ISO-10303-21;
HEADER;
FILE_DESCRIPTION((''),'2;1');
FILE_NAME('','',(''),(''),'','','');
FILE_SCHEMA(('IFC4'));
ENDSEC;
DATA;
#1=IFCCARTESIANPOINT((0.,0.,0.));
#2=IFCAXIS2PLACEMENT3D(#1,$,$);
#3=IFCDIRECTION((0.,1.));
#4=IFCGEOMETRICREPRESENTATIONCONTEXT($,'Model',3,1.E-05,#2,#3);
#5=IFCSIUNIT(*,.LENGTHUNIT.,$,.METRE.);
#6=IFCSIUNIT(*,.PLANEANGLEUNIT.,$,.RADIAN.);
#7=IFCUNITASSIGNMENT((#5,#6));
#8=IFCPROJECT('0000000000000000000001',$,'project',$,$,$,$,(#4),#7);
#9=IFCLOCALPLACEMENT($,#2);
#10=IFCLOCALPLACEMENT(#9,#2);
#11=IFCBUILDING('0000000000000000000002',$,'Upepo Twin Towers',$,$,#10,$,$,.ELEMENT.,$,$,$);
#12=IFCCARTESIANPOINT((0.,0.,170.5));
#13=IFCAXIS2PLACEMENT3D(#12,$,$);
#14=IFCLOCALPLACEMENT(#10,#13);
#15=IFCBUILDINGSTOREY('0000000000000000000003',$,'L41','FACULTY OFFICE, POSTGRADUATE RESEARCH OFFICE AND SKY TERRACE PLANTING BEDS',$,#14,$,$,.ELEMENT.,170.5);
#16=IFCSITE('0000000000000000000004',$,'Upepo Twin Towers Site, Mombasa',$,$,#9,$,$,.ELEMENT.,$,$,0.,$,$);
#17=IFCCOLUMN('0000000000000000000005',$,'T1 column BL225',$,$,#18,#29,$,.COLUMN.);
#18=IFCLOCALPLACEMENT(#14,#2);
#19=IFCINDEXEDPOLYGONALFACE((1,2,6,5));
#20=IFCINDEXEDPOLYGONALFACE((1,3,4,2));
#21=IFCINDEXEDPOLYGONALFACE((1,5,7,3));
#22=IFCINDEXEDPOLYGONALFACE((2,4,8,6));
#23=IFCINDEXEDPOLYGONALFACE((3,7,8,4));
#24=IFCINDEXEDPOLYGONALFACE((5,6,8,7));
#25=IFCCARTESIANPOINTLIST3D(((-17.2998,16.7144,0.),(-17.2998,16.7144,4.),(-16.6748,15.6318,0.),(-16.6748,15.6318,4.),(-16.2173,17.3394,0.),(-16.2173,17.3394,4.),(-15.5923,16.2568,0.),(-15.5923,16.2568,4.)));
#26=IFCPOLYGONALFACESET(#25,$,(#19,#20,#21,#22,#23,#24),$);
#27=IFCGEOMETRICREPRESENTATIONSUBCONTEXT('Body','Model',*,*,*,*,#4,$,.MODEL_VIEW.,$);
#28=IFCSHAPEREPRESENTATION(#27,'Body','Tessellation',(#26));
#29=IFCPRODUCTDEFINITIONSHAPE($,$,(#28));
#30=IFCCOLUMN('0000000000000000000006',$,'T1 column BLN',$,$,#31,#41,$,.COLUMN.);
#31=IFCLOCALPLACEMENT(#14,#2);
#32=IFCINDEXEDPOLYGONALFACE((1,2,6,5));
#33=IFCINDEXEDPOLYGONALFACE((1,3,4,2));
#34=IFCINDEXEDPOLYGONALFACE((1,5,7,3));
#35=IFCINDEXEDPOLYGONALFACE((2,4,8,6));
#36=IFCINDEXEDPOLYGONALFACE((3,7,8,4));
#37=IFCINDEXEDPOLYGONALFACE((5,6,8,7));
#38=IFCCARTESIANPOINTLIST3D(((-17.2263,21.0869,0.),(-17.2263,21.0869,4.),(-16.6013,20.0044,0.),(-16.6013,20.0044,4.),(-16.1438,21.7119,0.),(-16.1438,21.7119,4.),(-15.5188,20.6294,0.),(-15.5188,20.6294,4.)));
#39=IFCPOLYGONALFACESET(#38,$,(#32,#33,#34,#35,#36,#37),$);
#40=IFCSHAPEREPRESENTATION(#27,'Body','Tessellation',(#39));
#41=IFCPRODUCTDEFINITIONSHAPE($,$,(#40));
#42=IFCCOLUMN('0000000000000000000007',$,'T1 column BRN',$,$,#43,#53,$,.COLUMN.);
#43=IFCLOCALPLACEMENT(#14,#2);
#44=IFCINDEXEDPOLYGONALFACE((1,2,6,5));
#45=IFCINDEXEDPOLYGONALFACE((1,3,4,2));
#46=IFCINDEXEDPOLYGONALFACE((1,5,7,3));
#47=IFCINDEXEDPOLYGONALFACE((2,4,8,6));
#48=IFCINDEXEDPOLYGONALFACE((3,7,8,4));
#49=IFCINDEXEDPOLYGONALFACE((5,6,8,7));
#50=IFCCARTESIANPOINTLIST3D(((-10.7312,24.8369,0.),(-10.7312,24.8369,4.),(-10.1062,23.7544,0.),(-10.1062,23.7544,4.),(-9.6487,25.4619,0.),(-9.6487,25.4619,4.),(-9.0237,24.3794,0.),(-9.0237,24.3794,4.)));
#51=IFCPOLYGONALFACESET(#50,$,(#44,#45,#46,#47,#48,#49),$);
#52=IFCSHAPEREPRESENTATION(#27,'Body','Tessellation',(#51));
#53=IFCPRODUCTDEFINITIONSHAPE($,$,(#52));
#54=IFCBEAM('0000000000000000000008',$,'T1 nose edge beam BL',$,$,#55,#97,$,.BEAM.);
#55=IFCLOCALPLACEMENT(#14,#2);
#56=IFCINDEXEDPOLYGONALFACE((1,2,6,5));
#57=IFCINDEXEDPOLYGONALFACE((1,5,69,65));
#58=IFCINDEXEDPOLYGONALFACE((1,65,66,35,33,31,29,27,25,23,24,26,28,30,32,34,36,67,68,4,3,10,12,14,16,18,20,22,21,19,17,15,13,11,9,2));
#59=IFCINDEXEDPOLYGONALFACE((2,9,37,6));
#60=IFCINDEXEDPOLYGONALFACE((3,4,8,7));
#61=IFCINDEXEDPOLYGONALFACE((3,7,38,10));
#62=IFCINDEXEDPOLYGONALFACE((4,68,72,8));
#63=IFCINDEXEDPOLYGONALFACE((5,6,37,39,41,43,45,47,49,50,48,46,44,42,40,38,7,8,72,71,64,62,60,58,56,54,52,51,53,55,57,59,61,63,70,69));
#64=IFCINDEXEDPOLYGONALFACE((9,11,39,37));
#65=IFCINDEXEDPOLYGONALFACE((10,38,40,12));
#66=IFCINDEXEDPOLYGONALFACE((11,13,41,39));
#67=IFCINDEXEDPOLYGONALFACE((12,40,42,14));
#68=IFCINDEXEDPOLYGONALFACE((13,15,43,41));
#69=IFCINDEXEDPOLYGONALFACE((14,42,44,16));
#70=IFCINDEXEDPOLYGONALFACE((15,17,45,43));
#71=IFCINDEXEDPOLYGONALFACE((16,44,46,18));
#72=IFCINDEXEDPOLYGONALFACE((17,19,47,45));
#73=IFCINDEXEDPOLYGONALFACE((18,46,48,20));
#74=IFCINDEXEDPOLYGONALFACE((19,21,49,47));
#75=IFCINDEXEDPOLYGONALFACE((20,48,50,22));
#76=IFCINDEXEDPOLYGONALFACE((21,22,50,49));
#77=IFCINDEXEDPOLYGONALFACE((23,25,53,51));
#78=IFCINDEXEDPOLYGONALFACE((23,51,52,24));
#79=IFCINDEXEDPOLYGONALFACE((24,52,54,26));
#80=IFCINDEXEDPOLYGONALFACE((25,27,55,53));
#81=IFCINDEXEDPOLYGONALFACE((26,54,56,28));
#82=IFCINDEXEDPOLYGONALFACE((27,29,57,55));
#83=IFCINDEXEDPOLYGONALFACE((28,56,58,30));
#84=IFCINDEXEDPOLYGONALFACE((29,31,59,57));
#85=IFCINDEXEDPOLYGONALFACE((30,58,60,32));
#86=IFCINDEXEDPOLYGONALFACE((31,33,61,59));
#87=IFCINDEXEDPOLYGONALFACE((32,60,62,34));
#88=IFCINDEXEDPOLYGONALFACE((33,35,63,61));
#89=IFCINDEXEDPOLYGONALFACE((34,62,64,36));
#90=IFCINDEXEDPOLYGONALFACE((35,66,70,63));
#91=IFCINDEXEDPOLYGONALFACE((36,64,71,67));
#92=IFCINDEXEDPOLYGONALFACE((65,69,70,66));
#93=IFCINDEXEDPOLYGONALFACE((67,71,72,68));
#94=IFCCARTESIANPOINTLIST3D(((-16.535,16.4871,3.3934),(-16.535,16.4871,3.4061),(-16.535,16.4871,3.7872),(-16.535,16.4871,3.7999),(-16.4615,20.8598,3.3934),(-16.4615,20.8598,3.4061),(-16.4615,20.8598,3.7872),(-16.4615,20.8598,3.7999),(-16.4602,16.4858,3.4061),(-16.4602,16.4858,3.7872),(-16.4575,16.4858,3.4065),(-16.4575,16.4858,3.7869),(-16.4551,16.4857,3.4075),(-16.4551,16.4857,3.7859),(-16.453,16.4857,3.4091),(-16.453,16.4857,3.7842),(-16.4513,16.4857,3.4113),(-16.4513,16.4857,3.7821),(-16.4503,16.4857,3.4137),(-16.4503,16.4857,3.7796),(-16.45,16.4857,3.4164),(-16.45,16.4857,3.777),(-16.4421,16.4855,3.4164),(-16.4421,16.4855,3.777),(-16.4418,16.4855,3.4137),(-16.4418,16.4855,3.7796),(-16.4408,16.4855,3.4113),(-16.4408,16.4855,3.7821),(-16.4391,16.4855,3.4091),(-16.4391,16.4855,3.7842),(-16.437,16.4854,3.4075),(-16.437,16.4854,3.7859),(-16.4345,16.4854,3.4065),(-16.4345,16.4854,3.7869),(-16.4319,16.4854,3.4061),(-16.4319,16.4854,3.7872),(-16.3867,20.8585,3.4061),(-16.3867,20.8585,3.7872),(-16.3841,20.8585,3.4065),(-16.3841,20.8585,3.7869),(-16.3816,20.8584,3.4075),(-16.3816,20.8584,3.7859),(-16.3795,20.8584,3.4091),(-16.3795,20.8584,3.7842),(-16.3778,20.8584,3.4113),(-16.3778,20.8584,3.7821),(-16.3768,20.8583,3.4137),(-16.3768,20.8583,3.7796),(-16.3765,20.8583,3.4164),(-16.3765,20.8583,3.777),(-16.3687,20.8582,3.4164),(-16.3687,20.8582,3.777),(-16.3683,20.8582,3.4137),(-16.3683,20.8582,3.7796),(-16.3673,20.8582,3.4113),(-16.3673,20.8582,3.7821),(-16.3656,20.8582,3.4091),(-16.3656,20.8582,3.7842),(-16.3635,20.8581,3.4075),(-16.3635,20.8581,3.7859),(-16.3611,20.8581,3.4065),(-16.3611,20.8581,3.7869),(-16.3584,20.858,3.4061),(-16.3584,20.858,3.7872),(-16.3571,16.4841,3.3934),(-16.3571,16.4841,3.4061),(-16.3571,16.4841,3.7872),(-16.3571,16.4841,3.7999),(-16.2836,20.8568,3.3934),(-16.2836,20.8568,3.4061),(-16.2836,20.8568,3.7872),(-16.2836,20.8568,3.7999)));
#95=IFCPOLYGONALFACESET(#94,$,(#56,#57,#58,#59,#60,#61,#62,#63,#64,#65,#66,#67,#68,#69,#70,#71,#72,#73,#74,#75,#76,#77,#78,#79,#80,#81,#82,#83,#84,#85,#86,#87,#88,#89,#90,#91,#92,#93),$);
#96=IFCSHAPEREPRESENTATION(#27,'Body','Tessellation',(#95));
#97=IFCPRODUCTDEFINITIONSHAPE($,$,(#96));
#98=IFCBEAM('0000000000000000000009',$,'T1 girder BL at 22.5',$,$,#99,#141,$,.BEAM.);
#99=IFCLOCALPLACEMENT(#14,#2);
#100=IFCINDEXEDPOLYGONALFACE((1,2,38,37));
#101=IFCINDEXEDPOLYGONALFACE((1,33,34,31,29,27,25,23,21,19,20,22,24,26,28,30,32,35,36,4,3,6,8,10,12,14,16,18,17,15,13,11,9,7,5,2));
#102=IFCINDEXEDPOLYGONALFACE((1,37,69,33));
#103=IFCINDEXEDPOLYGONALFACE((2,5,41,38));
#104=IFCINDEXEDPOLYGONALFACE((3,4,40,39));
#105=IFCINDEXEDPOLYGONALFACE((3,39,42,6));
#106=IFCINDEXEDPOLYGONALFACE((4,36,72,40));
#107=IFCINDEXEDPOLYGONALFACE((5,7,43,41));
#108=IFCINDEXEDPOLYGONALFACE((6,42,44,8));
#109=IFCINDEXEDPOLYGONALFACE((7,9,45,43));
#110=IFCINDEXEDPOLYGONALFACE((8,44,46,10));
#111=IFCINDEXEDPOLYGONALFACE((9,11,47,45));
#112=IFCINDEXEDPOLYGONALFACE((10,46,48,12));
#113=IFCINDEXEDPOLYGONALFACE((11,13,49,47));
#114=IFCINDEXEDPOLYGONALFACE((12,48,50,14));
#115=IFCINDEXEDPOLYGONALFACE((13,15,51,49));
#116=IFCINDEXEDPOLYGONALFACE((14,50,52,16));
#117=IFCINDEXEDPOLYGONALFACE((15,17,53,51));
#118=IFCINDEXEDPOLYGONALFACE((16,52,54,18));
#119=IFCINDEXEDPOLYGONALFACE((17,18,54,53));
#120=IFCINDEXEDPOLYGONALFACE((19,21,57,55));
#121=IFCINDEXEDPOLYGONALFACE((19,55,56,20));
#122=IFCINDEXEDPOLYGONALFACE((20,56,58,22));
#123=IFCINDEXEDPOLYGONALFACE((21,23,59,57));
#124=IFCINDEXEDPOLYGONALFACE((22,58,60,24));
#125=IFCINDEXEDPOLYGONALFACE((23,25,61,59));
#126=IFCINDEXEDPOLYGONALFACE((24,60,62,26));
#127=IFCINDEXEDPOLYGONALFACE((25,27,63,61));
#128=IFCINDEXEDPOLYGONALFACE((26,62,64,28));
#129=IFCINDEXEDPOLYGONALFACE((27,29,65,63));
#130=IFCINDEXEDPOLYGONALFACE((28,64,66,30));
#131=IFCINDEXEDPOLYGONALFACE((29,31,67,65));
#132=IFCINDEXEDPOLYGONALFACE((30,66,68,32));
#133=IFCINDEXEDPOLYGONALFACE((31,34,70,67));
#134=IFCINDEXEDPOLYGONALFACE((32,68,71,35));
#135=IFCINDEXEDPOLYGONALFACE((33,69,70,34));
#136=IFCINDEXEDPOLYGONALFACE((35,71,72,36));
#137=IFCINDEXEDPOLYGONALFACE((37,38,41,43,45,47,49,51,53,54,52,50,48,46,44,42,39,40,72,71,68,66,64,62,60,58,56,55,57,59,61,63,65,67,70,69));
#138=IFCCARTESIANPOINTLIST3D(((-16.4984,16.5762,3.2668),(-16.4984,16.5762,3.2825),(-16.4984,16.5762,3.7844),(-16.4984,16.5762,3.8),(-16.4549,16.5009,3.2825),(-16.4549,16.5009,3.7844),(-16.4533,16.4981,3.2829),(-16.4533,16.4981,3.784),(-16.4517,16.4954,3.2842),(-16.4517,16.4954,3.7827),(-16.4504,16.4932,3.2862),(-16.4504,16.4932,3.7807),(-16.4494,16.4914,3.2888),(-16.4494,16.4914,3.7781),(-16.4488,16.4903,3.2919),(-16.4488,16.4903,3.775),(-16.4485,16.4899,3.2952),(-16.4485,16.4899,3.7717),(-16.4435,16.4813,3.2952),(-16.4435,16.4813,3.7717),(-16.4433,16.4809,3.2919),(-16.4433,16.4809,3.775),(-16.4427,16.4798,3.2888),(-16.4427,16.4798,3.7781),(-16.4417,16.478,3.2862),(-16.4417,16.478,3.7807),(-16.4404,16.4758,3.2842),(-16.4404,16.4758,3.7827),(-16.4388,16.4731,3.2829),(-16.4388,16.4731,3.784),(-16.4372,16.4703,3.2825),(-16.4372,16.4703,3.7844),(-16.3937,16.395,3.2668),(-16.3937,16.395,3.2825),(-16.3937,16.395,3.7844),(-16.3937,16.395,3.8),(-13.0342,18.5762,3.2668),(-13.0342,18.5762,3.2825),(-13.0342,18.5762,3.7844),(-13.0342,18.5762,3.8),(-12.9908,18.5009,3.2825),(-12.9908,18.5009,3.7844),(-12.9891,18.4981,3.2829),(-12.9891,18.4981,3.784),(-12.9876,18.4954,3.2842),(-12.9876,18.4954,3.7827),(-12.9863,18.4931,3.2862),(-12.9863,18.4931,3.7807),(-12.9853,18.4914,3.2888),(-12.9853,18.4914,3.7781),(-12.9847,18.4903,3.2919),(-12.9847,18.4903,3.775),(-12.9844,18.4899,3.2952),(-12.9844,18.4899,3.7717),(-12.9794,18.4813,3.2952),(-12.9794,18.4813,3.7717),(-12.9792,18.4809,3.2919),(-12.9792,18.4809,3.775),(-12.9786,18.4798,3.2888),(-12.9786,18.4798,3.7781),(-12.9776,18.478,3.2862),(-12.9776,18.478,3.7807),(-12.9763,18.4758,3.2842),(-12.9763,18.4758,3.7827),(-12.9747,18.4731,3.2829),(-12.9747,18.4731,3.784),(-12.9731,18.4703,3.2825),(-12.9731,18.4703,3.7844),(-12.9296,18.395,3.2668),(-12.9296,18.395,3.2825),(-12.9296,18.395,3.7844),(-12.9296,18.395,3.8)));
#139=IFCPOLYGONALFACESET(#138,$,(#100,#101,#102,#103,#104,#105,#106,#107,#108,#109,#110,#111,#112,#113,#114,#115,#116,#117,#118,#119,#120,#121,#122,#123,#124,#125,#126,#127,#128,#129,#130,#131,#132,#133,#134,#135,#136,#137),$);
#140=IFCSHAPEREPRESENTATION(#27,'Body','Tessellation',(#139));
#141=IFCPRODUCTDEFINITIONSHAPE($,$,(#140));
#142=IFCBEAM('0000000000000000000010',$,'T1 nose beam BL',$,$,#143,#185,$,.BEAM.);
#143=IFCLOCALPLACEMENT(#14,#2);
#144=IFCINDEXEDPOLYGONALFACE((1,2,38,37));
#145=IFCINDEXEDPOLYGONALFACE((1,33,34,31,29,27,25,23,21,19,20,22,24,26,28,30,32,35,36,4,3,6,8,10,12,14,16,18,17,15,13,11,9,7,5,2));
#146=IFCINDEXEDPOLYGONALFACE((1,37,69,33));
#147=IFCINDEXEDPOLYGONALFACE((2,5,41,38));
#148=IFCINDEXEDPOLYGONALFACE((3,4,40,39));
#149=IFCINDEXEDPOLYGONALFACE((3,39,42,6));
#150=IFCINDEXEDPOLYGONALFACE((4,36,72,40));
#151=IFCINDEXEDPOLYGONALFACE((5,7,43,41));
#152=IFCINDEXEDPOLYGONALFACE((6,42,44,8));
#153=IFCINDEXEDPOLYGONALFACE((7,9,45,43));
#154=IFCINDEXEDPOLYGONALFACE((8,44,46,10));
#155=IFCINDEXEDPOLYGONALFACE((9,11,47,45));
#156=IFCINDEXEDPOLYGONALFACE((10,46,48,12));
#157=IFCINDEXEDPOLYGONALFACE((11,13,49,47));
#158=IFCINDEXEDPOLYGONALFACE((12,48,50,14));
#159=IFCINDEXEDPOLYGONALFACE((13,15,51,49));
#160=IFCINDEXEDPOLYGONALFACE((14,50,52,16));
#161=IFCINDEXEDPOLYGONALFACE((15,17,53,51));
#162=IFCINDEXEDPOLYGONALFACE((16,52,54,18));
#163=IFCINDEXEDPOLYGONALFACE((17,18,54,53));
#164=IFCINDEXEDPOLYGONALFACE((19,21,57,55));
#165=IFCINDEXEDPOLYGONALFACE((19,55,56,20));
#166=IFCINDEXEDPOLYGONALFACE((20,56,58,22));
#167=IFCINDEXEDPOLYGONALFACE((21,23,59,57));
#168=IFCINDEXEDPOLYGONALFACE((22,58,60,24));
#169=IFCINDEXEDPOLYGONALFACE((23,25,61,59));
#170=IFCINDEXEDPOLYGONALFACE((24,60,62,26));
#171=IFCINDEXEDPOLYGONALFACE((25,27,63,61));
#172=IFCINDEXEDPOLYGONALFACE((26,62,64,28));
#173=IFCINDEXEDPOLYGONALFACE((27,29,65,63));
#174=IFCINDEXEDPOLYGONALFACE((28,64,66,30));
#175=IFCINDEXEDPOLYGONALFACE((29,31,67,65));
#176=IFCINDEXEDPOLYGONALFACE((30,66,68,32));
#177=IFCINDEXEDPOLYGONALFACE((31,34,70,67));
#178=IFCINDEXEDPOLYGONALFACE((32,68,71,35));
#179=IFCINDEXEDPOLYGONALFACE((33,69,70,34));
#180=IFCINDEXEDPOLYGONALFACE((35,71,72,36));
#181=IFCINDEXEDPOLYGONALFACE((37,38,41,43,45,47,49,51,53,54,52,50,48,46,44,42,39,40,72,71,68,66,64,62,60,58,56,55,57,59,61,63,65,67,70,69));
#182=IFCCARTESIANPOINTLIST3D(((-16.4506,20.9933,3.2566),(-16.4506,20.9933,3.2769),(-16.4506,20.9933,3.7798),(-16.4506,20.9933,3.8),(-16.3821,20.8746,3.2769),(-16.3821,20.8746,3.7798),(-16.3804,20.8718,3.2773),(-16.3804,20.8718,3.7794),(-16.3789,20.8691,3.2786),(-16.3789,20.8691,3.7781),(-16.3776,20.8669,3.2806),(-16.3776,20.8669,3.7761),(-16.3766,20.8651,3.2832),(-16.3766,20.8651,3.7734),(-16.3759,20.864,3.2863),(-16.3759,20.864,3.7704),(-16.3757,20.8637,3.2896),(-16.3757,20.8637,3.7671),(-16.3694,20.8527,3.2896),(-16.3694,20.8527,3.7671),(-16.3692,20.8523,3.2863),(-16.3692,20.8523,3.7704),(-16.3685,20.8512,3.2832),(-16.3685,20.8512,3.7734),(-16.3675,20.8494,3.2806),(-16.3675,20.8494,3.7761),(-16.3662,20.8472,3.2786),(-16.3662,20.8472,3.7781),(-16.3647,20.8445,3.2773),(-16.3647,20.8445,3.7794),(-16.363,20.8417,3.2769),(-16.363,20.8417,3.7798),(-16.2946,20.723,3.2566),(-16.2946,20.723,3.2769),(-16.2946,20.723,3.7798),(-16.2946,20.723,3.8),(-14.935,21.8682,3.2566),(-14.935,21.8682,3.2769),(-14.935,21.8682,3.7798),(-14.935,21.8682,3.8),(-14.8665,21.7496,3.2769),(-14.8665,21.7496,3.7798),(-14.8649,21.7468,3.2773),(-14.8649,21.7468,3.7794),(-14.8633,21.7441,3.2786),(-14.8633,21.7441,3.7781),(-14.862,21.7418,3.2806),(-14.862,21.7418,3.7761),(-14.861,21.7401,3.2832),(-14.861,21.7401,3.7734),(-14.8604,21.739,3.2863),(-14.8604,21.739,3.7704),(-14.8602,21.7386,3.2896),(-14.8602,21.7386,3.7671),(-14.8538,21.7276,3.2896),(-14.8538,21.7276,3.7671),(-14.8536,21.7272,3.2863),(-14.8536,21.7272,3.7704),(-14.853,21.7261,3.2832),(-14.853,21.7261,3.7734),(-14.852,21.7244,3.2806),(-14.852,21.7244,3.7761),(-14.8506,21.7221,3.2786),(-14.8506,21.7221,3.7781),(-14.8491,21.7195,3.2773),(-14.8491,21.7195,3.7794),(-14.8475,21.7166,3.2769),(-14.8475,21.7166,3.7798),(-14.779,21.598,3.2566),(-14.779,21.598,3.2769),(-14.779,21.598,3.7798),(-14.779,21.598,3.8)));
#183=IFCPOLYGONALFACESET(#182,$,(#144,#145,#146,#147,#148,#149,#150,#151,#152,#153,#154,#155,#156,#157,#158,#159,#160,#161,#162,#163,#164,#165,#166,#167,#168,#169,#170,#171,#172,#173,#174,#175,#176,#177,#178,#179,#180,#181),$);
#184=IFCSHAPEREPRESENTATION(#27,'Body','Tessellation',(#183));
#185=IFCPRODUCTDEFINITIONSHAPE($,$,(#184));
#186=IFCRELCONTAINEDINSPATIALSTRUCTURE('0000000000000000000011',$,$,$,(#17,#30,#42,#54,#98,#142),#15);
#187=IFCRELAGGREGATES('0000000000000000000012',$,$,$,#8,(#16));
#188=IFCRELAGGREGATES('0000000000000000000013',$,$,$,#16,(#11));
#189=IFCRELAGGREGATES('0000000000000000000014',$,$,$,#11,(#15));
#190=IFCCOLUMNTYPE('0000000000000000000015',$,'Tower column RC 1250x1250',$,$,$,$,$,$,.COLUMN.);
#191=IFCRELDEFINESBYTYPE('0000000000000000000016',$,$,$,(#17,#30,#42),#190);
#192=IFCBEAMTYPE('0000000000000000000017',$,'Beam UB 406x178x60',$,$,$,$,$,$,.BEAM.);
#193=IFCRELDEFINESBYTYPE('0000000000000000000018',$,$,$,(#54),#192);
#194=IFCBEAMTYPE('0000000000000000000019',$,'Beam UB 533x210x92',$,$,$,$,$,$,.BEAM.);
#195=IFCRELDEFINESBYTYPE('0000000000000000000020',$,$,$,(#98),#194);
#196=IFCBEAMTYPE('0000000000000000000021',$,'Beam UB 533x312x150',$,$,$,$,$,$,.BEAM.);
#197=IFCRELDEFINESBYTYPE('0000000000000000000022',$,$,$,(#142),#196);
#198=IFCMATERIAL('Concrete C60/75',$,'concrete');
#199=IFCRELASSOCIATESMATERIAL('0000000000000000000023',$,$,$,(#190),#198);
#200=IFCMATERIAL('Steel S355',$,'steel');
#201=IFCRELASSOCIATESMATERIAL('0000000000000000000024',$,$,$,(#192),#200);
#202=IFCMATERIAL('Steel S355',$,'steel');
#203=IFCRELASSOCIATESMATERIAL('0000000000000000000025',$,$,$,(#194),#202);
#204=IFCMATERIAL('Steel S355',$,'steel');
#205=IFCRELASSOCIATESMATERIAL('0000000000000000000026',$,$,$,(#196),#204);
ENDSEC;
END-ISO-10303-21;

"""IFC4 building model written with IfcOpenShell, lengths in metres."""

from ifc_helpers import new_model, si_unit, direction, frame, origin, origin_2d, place, context, subcontext, project, spatial, rectangle, i_section, extrude, material, material_profile, profile_set, type_object, element, save


model = new_model("IFC4")

# Units and contexts
model_context = context("Model", 3, precision=1e-05, world=origin(), true_north=direction((0.0, 1.0)))
body_context = subcontext(model_context, "Body", "Model", "MODEL_VIEW")
ifc_project = project(units=[si_unit("LENGTHUNIT", "METRE"), si_unit("PLANEANGLEUNIT", "RADIAN")], contexts=[model_context])

# Site, building, storey
site_placement = place(None, origin())
site = spatial("IfcSite", under=ifc_project, at=site_placement, Name="Upepo Twin Towers Site, Mombasa", CompositionType="ELEMENT", RefElevation=0.0)
building_placement = place(site_placement, origin())
building = spatial("IfcBuilding", under=site, at=building_placement, Name="Upepo Twin Towers", CompositionType="ELEMENT")
storey_placement = place(building_placement, frame((0.0, 0.0, 170.5)))
storey = spatial("IfcBuildingStorey", under=building, at=storey_placement, Name="L41", Description="FACULTY OFFICE, POSTGRADUATE RESEARCH OFFICE AND SKY TERRACE PLANTING BEDS", CompositionType="ELEMENT", Elevation=170.5)

# Columns
ifc_material_1 = material(Name="Concrete C60/75", Category="concrete")
ifc_material_profile_1 = material_profile(ifc_material_1, rectangle(XDim=1.25, YDim=1.25, at=origin_2d()), Name="RC 1250x1250")
ifc_profile_set_1 = profile_set([ifc_material_profile_1], Name="Concrete C60/75")
column_type = type_object("IfcColumnType", Name="Tower column RC 1250x1250", PredefinedType="COLUMN", material=ifc_profile_set_1)
for number, where, z_axis, x_axis, name in (
    (1, (-16.446, 16.4856, 0.0), (0.0, 0.0, 1.0), (0.866025, 0.5, 0.0), "T1 column BL225"),
    (2, (-16.3726, 20.8582, 0.0), (0.0, 0.0, 1.0), (0.866025, 0.5, 0.0), "T1 column BLN"),
    (3, (-9.8774, 24.6082, 0.0), (0.0, 0.0, 1.0), (0.866025, 0.5, 0.0), "T1 column BRN"),
):
    element("IfcColumn", number, at=place(storey_placement, frame(where, z_axis=z_axis, x_axis=x_axis)), inside=storey, type_object=column_type, Name=name, PredefinedType="COLUMN", context=body_context, shape_type="SweptSolid", body=[
        extrude(rectangle(XDim=1.25, YDim=1.25, at=origin_2d()), origin(), (0.0, 0.0, 1.0), 4.0),
    ])

# Beams
ifc_material_2 = material(Name="Steel S355", Category="steel")
ifc_material_profile_2 = material_profile(ifc_material_2, i_section(OverallWidth=0.178, OverallDepth=0.4065, WebThickness=0.0078, FlangeThickness=0.0127, FilletRadius=0.0103, at=origin_2d()), Name="UB 406x178x60")
ifc_profile_set_2 = profile_set([ifc_material_profile_2], Name="Steel S355")
beam_type_1 = type_object("IfcBeamType", Name="Beam UB 406x178x60", PredefinedType="BEAM", material=ifc_profile_set_2)
beam_1_placement = place(storey_placement, frame((-16.446, 16.4856, 3.5967), z_axis=(0.016804, 0.999859, 0.0), x_axis=(-0.999859, 0.016804, 0.0)))
element("IfcBeam", 4, at=beam_1_placement, inside=storey, type_object=beam_type_1, Name="T1 nose edge beam BL", PredefinedType="BEAM", context=body_context, shape_type="SweptSolid", body=[
    extrude(i_section(OverallWidth=0.178, OverallDepth=0.4065, WebThickness=0.0078, FlangeThickness=0.0127, FilletRadius=0.0103, at=origin_2d()), origin(), (0.0, 0.0, 1.0), 4.3733),
])
ifc_material_3 = material(Name="Steel S355", Category="steel")
ifc_material_profile_3 = material_profile(ifc_material_3, i_section(OverallWidth=0.2092, OverallDepth=0.5332, WebThickness=0.01, FlangeThickness=0.0156, FilletRadius=0.0127, at=origin_2d()), Name="UB 533x210x92")
ifc_profile_set_3 = profile_set([ifc_material_profile_3], Name="Steel S355")
beam_type_2 = type_object("IfcBeamType", Name="Beam UB 533x210x92", PredefinedType="BEAM", material=ifc_profile_set_3)
beam_2_placement = place(storey_placement, frame((-16.446, 16.4856, 3.5334), z_axis=(0.866026, 0.499999, 0.0), x_axis=(-0.499999, 0.866026, 0.0)))
element("IfcBeam", 5, at=beam_2_placement, inside=storey, type_object=beam_type_2, Name="T1 girder BL at 22.5", PredefinedType="BEAM", context=body_context, shape_type="SweptSolid", body=[
    extrude(i_section(OverallWidth=0.2092, OverallDepth=0.5332, WebThickness=0.01, FlangeThickness=0.0156, FilletRadius=0.0127, at=origin_2d()), origin(), (0.0, 0.0, 1.0), 4.0),
])
ifc_material_4 = material(Name="Steel S355", Category="steel")
ifc_material_profile_4 = material_profile(ifc_material_4, i_section(OverallWidth=0.312, OverallDepth=0.5435, WebThickness=0.0127, FlangeThickness=0.0203, FilletRadius=0.0127, at=origin_2d()), Name="UB 533x312x150")
ifc_profile_set_4 = profile_set([ifc_material_profile_4], Name="Steel S355")
beam_type_3 = type_object("IfcBeamType", Name="Beam UB 533x312x150", PredefinedType="BEAM", material=ifc_profile_set_4)
for number, where, z_axis, x_axis, name in (
    (6, (-16.3726, 20.8582, 3.5283), (0.866037, 0.49998, 0.0), (-0.49998, 0.866037, 0.0), "T1 nose beam BL"),
):
    element("IfcBeam", number, at=place(storey_placement, frame(where, z_axis=z_axis, x_axis=x_axis)), inside=storey, type_object=beam_type_3, Name=name, PredefinedType="BEAM", context=body_context, shape_type="SweptSolid", body=[
        extrude(i_section(OverallWidth=0.312, OverallDepth=0.5435, WebThickness=0.0127, FlangeThickness=0.0203, FilletRadius=0.0127, at=origin_2d()), origin(), (0.0, 0.0, 1.0), 1.75),
    ])

save(model, "model.ifc")
